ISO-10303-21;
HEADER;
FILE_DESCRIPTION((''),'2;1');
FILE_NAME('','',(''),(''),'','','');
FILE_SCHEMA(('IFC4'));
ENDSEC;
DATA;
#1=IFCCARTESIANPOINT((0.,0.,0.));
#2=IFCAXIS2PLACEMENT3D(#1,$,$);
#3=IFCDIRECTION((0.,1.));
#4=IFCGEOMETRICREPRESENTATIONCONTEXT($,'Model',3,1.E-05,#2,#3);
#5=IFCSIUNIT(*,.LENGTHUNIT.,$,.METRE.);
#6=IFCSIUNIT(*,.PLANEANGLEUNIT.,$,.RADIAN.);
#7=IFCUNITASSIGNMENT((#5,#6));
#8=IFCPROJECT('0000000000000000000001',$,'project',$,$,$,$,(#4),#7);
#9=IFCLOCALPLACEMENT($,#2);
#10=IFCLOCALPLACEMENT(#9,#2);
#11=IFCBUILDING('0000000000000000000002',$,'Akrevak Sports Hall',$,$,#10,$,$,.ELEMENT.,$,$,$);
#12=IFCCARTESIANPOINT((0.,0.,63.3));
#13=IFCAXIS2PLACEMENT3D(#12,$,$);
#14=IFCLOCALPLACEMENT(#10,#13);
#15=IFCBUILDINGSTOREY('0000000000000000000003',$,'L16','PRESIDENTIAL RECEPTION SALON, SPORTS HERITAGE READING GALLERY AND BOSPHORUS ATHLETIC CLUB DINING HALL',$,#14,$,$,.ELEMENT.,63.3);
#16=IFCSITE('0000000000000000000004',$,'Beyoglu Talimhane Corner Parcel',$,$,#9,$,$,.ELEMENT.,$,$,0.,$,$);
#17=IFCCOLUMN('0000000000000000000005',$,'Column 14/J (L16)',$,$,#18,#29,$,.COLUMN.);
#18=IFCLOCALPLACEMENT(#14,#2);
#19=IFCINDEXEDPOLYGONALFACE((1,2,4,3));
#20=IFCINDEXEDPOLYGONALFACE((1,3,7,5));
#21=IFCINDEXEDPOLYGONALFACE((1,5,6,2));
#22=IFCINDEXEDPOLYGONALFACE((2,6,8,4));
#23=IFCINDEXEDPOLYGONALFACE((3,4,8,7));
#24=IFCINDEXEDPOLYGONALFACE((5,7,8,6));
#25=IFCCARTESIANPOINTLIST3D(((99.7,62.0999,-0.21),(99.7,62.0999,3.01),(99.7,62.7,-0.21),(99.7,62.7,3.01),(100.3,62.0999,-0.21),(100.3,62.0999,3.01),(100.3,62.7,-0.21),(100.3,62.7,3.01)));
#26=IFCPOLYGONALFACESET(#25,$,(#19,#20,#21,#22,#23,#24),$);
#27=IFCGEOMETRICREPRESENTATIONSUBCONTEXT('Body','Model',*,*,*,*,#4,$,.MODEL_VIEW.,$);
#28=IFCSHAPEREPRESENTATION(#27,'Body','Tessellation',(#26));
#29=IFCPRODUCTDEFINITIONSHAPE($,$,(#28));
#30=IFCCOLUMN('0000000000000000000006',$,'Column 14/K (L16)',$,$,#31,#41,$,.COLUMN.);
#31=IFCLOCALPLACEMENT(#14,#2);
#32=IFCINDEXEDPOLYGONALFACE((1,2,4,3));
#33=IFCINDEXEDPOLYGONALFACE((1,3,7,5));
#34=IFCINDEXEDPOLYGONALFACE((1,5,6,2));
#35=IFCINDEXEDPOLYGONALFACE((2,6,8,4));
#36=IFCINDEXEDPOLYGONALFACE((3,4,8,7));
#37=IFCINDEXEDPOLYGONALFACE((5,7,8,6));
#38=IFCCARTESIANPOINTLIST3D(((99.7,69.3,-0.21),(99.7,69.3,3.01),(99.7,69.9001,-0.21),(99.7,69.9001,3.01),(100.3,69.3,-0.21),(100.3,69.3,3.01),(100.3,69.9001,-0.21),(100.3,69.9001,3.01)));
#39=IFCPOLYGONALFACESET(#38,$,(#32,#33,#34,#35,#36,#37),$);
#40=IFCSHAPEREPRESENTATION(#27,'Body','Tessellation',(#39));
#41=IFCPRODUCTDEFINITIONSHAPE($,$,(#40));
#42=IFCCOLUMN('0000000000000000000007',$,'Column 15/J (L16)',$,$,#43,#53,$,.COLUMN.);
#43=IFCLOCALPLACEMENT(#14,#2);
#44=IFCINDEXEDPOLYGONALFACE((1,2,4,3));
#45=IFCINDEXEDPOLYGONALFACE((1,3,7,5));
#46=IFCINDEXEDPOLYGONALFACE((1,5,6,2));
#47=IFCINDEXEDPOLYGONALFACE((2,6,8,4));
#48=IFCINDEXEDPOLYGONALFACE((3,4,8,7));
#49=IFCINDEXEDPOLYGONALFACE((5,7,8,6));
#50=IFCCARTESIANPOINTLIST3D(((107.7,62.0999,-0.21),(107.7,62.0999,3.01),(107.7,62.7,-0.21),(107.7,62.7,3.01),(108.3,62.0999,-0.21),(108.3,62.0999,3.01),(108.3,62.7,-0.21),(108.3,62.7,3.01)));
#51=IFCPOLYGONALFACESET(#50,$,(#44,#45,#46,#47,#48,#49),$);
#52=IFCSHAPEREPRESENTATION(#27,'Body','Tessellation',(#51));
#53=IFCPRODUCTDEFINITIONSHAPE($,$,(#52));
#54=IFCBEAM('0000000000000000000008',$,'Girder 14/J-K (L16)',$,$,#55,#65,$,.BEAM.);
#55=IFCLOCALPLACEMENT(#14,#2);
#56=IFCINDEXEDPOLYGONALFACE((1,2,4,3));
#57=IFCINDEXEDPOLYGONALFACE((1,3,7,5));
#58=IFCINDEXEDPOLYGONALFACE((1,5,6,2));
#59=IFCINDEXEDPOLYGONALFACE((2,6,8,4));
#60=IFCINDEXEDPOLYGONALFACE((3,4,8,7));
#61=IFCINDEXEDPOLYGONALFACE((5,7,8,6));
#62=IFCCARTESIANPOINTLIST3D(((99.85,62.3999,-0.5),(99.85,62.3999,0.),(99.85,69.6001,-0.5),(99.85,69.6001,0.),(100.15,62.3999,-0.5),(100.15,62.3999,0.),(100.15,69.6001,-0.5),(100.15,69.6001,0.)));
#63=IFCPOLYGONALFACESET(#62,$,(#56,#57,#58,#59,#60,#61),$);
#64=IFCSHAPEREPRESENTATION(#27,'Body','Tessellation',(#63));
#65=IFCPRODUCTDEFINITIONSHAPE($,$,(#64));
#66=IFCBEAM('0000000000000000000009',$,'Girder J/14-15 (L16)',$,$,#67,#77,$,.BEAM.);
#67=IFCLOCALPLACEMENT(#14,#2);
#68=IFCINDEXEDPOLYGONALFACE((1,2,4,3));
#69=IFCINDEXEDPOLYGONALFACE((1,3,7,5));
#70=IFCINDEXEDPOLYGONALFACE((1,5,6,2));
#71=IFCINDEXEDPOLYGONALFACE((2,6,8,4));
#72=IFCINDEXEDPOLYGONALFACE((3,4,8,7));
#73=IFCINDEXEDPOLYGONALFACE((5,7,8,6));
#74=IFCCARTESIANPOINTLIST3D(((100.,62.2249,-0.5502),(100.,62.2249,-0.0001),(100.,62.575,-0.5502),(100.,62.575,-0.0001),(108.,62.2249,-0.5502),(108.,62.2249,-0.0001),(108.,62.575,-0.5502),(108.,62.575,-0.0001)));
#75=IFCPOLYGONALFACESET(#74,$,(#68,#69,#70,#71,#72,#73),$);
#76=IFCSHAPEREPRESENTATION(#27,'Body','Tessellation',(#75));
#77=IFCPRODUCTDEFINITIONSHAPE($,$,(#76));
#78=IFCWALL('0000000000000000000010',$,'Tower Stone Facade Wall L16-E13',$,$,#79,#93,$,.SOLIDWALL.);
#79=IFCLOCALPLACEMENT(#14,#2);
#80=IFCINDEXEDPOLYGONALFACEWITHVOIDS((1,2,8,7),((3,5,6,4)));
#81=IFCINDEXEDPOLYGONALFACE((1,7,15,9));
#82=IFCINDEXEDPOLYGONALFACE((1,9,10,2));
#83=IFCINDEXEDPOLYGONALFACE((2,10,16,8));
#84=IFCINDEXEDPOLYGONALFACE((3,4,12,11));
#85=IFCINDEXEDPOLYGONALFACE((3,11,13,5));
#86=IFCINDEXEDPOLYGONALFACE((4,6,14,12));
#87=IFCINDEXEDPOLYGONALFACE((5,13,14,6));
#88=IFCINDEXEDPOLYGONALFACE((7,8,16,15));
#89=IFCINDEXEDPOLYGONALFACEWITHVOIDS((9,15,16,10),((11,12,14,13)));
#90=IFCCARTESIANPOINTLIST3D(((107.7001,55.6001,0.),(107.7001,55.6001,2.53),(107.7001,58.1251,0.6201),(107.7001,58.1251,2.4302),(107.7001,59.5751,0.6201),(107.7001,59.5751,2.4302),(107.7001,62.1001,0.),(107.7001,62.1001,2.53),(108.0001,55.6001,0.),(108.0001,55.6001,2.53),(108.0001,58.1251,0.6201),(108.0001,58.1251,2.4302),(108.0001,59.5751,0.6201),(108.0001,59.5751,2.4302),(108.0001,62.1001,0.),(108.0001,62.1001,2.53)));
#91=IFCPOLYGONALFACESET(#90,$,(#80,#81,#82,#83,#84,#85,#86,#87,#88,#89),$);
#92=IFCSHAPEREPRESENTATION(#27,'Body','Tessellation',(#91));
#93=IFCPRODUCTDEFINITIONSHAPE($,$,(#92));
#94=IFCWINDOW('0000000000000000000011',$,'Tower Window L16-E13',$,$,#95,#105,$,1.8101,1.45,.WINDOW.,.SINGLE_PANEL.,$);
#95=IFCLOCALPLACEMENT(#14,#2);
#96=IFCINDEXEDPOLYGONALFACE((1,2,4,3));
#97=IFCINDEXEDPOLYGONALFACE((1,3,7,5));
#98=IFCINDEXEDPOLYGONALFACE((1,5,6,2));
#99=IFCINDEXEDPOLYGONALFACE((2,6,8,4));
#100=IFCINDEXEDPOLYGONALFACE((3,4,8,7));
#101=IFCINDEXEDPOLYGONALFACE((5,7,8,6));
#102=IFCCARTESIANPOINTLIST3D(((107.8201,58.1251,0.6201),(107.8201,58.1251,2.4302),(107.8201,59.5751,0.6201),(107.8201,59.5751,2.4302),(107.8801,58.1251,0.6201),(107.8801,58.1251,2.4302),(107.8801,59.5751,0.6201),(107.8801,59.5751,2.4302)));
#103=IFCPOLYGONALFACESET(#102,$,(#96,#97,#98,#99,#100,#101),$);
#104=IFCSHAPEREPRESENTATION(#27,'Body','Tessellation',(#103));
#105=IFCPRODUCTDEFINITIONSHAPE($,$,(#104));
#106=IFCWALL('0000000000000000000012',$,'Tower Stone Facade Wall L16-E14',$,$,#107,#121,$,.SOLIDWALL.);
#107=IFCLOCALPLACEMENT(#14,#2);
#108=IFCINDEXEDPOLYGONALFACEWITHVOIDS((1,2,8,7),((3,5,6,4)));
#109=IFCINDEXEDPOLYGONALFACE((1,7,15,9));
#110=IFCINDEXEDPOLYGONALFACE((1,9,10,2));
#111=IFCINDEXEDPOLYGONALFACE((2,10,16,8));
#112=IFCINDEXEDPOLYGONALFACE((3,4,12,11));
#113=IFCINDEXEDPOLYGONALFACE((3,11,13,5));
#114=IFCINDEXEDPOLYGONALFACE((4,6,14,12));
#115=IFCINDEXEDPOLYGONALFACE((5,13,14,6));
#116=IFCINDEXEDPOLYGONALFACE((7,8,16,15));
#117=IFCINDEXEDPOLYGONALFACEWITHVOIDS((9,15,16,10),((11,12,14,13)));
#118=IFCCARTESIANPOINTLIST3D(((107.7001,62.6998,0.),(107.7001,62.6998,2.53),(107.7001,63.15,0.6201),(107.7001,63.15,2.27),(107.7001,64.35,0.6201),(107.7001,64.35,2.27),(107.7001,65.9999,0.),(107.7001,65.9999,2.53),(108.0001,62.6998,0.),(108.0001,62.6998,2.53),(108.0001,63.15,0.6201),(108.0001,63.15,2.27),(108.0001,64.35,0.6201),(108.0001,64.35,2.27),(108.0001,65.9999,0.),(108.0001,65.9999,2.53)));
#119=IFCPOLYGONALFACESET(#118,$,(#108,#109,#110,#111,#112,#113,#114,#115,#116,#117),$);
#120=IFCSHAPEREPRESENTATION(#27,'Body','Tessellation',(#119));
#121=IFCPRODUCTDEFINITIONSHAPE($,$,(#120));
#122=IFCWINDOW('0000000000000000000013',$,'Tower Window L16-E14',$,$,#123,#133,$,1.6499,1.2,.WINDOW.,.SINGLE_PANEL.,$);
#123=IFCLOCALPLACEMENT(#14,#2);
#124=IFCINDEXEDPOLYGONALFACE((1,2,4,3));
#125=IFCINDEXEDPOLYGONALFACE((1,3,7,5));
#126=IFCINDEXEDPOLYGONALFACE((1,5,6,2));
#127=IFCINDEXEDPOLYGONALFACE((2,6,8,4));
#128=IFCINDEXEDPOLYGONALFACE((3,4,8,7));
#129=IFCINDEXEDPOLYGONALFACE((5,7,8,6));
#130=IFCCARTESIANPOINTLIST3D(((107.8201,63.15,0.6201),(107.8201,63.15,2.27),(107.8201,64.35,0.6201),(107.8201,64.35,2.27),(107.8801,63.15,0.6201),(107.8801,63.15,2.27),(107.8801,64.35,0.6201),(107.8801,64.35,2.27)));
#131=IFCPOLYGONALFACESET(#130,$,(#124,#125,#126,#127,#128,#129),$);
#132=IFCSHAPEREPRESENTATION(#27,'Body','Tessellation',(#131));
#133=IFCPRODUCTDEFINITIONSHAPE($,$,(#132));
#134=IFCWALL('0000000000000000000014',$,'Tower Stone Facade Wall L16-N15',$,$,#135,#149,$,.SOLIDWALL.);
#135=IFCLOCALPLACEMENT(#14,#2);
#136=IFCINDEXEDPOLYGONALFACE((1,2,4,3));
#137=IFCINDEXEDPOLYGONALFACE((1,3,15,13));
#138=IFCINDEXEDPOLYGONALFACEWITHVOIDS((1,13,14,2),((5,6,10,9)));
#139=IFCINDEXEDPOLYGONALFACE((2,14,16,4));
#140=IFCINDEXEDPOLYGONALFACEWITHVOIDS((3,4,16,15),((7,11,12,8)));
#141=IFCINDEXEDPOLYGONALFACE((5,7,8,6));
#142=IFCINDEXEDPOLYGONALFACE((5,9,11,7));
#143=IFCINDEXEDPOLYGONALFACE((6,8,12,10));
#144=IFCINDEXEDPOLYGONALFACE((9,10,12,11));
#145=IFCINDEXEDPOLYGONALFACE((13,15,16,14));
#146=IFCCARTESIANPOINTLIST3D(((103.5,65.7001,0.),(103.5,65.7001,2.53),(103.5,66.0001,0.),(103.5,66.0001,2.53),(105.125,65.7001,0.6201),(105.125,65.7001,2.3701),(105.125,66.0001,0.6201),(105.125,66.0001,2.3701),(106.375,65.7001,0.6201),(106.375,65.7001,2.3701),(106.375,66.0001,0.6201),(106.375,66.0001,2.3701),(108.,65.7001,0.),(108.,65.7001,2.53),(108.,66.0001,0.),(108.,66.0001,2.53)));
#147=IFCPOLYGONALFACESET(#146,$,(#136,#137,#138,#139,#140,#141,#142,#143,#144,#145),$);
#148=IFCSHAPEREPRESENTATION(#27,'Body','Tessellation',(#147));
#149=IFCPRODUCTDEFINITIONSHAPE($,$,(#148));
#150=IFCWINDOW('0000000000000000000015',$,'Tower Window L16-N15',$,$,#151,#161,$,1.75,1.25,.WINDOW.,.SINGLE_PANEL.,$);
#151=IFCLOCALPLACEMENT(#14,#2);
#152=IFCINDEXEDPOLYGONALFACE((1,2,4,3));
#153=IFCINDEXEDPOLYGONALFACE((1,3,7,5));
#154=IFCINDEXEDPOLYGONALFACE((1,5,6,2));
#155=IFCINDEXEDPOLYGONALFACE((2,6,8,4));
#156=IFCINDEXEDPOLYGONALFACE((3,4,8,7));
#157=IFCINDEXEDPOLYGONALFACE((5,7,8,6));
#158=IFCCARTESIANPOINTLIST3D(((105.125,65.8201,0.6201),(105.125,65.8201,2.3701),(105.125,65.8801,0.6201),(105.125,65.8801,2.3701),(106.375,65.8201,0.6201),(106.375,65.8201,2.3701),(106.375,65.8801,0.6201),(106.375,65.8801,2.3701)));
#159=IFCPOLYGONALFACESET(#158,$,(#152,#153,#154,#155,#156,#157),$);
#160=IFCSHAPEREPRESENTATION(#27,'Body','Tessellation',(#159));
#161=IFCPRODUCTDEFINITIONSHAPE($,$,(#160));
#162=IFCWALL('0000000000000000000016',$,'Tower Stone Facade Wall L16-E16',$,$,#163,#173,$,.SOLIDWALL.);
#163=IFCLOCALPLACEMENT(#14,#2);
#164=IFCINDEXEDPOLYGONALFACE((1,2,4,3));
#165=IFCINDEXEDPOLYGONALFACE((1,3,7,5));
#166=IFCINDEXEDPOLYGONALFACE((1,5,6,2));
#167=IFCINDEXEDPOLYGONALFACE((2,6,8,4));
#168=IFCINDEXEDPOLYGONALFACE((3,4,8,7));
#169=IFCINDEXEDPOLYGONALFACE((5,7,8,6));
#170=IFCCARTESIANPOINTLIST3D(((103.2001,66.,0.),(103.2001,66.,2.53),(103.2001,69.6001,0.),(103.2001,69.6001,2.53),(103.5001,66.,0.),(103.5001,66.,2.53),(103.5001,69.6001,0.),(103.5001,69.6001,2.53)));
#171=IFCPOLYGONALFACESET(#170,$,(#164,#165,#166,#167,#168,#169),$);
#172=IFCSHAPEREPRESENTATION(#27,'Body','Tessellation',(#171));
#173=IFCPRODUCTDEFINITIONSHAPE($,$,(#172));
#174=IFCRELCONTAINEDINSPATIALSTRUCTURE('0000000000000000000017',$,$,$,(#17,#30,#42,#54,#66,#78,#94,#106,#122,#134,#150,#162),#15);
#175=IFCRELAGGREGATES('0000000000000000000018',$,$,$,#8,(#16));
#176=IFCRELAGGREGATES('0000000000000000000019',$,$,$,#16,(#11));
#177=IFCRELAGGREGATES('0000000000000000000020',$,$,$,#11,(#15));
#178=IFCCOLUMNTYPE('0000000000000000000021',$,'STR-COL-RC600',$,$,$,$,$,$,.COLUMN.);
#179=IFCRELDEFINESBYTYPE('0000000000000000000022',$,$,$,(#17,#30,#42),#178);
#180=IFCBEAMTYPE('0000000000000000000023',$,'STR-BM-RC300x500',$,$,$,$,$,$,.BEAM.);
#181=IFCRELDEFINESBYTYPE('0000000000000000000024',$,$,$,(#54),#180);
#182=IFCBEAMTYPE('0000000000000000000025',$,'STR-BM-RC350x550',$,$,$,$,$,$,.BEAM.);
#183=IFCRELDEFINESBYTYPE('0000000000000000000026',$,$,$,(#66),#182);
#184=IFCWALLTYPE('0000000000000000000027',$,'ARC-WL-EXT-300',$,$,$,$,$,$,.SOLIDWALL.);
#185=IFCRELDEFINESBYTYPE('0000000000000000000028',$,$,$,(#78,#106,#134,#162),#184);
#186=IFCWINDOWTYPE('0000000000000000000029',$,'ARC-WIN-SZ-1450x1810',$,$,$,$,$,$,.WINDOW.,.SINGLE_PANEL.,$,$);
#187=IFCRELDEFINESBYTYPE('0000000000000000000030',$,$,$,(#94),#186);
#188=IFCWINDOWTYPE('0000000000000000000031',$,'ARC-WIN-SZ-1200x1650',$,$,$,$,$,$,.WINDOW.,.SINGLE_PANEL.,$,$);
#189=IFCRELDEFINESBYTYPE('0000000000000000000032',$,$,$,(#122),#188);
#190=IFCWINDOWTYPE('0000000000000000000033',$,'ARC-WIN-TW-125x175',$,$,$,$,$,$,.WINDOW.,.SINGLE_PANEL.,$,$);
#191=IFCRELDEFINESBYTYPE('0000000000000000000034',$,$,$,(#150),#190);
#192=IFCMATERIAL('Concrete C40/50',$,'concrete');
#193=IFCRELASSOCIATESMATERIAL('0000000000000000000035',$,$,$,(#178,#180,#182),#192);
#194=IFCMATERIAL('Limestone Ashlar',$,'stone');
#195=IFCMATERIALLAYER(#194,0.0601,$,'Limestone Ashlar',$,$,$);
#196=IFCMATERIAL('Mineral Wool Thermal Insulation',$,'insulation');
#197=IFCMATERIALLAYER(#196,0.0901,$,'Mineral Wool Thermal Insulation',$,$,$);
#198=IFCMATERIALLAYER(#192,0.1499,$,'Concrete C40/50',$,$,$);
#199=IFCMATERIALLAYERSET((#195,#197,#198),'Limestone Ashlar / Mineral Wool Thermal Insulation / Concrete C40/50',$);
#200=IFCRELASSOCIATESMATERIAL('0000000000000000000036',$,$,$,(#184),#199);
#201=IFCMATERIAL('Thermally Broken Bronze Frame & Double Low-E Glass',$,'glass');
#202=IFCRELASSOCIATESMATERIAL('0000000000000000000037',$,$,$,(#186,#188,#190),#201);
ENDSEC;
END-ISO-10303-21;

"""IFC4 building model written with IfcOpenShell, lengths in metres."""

from ifc_helpers import new_model, si_unit, direction, frame, frame_2d, origin, origin_2d, place, context, subcontext, project, spatial, rectangle, extrude, material, layer, layer_set, material_profile, profile_set, type_object, element, fill, save


model = new_model("IFC4")

# Units and contexts
model_context = context("Model", 3, precision=1e-05, world=origin(), true_north=direction((0.0, 1.0)))
body_context = subcontext(model_context, "Body", "Model", "MODEL_VIEW")
ifc_project = project(units=[si_unit("LENGTHUNIT", "METRE"), si_unit("PLANEANGLEUNIT", "RADIAN")], contexts=[model_context])

# Site, building, storey
site_placement = place(None, origin())
site = spatial("IfcSite", under=ifc_project, at=site_placement, Name="Beyoglu Talimhane Corner Parcel", CompositionType="ELEMENT", RefElevation=0.0)
building_placement = place(site_placement, origin())
building = spatial("IfcBuilding", under=site, at=building_placement, Name="Akrevak Sports Hall", CompositionType="ELEMENT")
storey_placement = place(building_placement, frame((0.0, 0.0, 63.3)))
storey = spatial("IfcBuildingStorey", under=building, at=storey_placement, Name="L16", Description="PRESIDENTIAL RECEPTION SALON, SPORTS HERITAGE READING GALLERY AND BOSPHORUS ATHLETIC CLUB DINING HALL", CompositionType="ELEMENT", Elevation=63.3)

# Columns
ifc_material_1 = material(Name="Concrete C40/50", Category="concrete")
ifc_material_profile_1 = material_profile(ifc_material_1, rectangle(XDim=0.6001, YDim=0.6001, at=origin_2d()), Name="RC 600x600", Category="concrete")
ifc_profile_set_1 = profile_set([ifc_material_profile_1], Name="Concrete C40/50")
column_type = type_object("IfcColumnType", Name="STR-COL-RC600", PredefinedType="COLUMN", material=ifc_profile_set_1)
for number, where, z_axis, x_axis, name in (
    (1, (100.0, 62.3999, -0.21), (0.0, 0.0, 1.0), (1.0, 0.0, 0.0), "Column 14/J (L16)"),
    (2, (100.0, 69.6001, -0.21), (0.0, 0.0, 1.0), (1.0, 0.0, 0.0), "Column 14/K (L16)"),
    (3, (108.0, 62.3999, -0.21), (0.0, 0.0, 1.0), (1.0, 0.0, 0.0), "Column 15/J (L16)"),
):
    element("IfcColumn", number, at=place(storey_placement, frame(where, z_axis=z_axis, x_axis=x_axis)), inside=storey, type_object=column_type, Name=name, PredefinedType="COLUMN", context=body_context, shape_type="SweptSolid", body=[
        extrude(rectangle(XDim=0.6001, YDim=0.6001, at=origin_2d()), origin(), (0.0, 0.0, 1.0), 3.22),
    ])

# Beams
ifc_material_profile_2 = material_profile(ifc_material_1, rectangle(XDim=0.3, YDim=0.5, at=origin_2d()), Name="BM 300x500", Category="concrete")
ifc_profile_set_2 = profile_set([ifc_material_profile_2], Name="Concrete C40/50")
beam_type_1 = type_object("IfcBeamType", Name="STR-BM-RC300x500", PredefinedType="BEAM", material=ifc_profile_set_2)
beam_1_placement = place(storey_placement, frame((100.0, 62.3999, -0.25), z_axis=(0.0, 1.0, 0.0), x_axis=(-1.0, 0.0, 0.0)))
element("IfcBeam", 4, at=beam_1_placement, inside=storey, type_object=beam_type_1, Name="Girder 14/J-K (L16)", PredefinedType="BEAM", context=body_context, shape_type="SweptSolid", body=[
    extrude(rectangle(XDim=0.3, YDim=0.5, at=origin_2d()), origin(), (0.0, 0.0, 1.0), 7.2002),
])
ifc_material_profile_3 = material_profile(ifc_material_1, rectangle(XDim=0.3501, YDim=0.55, at=origin_2d()), Name="BM 350x550", Category="concrete")
ifc_profile_set_3 = profile_set([ifc_material_profile_3], Name="Concrete C40/50")
beam_type_2 = type_object("IfcBeamType", Name="STR-BM-RC350x550", PredefinedType="BEAM", material=ifc_profile_set_3)
beam_2_placement = place(storey_placement, frame((100.0, 62.3999, -0.2751), z_axis=(1.0, 0.0, 0.0), x_axis=(0.0, 1.0, 0.0)))
element("IfcBeam", 5, at=beam_2_placement, inside=storey, type_object=beam_type_2, Name="Girder J/14-15 (L16)", PredefinedType="BEAM", context=body_context, shape_type="SweptSolid", body=[
    extrude(rectangle(XDim=0.3501, YDim=0.55, at=origin_2d()), origin(), (0.0, 0.0, 1.0), 8.0),
])

# Walls, openings, windows
ifc_material_2 = material(Name="Limestone Ashlar", Category="stone")
ifc_layer_1 = layer(ifc_material_2, 0.0601, Name="Limestone Ashlar")
ifc_material_3 = material(Name="Mineral Wool Thermal Insulation", Category="insulation")
ifc_layer_2 = layer(ifc_material_3, 0.0901, Name="Mineral Wool Thermal Insulation")
ifc_layer_3 = layer(ifc_material_1, 0.1499, Name="Concrete C40/50")
ifc_layer_set_1 = layer_set([ifc_layer_1, ifc_layer_2, ifc_layer_3], Name="Limestone Ashlar / Mineral Wool Thermal Insulation / Concrete C40/50")
wall_type_1 = type_object("IfcWallType", Name="ARC-WL-EXT-300", PredefinedType="SOLIDWALL", material=ifc_layer_set_1)
wall_1_placement = place(storey_placement, frame((107.8501, 55.6001, 0.0), z_axis=(0.0, 0.0, 1.0), x_axis=(0.0, 1.0, 0.0)))
wall_1 = element("IfcWall", 6, at=wall_1_placement, inside=storey, type_object=wall_type_1, Name="Tower Stone Facade Wall L16-E13", PredefinedType="SOLIDWALL", context=body_context, shape_type="SweptSolid", body=[
    extrude(rectangle(XDim=6.5, YDim=0.3, at=frame_2d((3.25, 0.0))), origin(), (0.0, 0.0, 1.0), 2.53),
])
opening_1_placement = place(wall_1_placement, frame((2.5249, 0.0, 0.6201)))
opening_1 = element("IfcOpeningElement", 7, at=opening_1_placement, cuts=wall_1, PredefinedType="OPENING", context=body_context, shape_type="SweptSolid", body=[
    extrude(rectangle(XDim=1.45, YDim=1.8101, at=frame_2d((0.7251, 0.905))), frame((0.0, 0.1621, 0.0), z_axis=(0.0, -1.0, 0.0), x_axis=(1.0, 0.0, 0.0)), (0.0, 0.0, 1.0), 0.324),
])
ifc_material_4 = material(Name="Thermally Broken Bronze Frame & Double Low-E Glass", Category="glass")
window_type_1 = type_object("IfcWindowType", Name="ARC-WIN-SZ-1450x1810", PartitioningType="SINGLE_PANEL", PredefinedType="WINDOW", material=ifc_material_4)
window_1_placement = place(opening_1_placement, origin())
window_1 = element("IfcWindow", 8, at=window_1_placement, inside=storey, type_object=window_type_1, Name="Tower Window L16-E13", OverallHeight=1.8101, OverallWidth=1.45, PartitioningType="SINGLE_PANEL", PredefinedType="WINDOW", context=body_context, shape_type="SweptSolid", body=[
    extrude(rectangle(XDim=1.45, YDim=1.8101, at=frame_2d((0.7251, 0.905))), frame((0.0, 0.03, 0.0), z_axis=(0.0, -1.0, 0.0), x_axis=(1.0, 0.0, 0.0)), (0.0, 0.0, 1.0), 0.0601),
])
fill(opening_1, window_1)
wall_2_placement = place(storey_placement, frame((107.8501, 62.7, 0.0), z_axis=(0.0, 0.0, 1.0), x_axis=(0.0, 1.0, 0.0)))
wall_2 = element("IfcWall", 9, at=wall_2_placement, inside=storey, type_object=wall_type_1, Name="Tower Stone Facade Wall L16-E14", PredefinedType="SOLIDWALL", context=body_context, shape_type="SweptSolid", body=[
    extrude(rectangle(XDim=3.3, YDim=0.3, at=frame_2d((1.6499, 0.0))), origin(), (0.0, 0.0, 1.0), 2.53),
])
opening_2_placement = place(wall_2_placement, frame((0.45, 0.0, 0.6201)))
opening_2 = element("IfcOpeningElement", 10, at=opening_2_placement, cuts=wall_2, PredefinedType="OPENING", context=body_context, shape_type="SweptSolid", body=[
    extrude(rectangle(XDim=1.2, YDim=1.6499, at=frame_2d((0.6001, 0.825))), frame((0.0, 0.1621, 0.0), z_axis=(0.0, -1.0, 0.0), x_axis=(1.0, 0.0, 0.0)), (0.0, 0.0, 1.0), 0.324),
])
window_type_2 = type_object("IfcWindowType", Name="ARC-WIN-SZ-1200x1650", PartitioningType="SINGLE_PANEL", PredefinedType="WINDOW", material=ifc_material_4)
window_2_placement = place(opening_2_placement, origin())
window_2 = element("IfcWindow", 11, at=window_2_placement, inside=storey, type_object=window_type_2, Name="Tower Window L16-E14", OverallHeight=1.6499, OverallWidth=1.2, PartitioningType="SINGLE_PANEL", PredefinedType="WINDOW", context=body_context, shape_type="SweptSolid", body=[
    extrude(rectangle(XDim=1.2, YDim=1.6499, at=frame_2d((0.6001, 0.825))), frame((0.0, 0.03, 0.0), z_axis=(0.0, -1.0, 0.0), x_axis=(1.0, 0.0, 0.0)), (0.0, 0.0, 1.0), 0.0601),
])
fill(opening_2, window_2)
wall_3_placement = place(storey_placement, frame((108.0, 65.8501, 0.0), z_axis=(0.0, 0.0, 1.0), x_axis=(-1.0, 0.0, 0.0)))
wall_3 = element("IfcWall", 12, at=wall_3_placement, inside=storey, type_object=wall_type_1, Name="Tower Stone Facade Wall L16-N15", PredefinedType="SOLIDWALL", context=body_context, shape_type="SweptSolid", body=[
    extrude(rectangle(XDim=4.5, YDim=0.3, at=frame_2d((2.25, 0.0))), origin(), (0.0, 0.0, 1.0), 2.53),
])
opening_3_placement = place(wall_3_placement, frame((1.625, 0.0, 0.6201)))
opening_3 = element("IfcOpeningElement", 13, at=opening_3_placement, cuts=wall_3, PredefinedType="OPENING", context=body_context, shape_type="SweptSolid", body=[
    extrude(rectangle(XDim=1.25, YDim=1.75, at=frame_2d((0.625, 0.875))), frame((0.0, 0.1621, 0.0), z_axis=(0.0, -1.0, 0.0), x_axis=(1.0, 0.0, 0.0)), (0.0, 0.0, 1.0), 0.324),
])
window_type_3 = type_object("IfcWindowType", Name="ARC-WIN-TW-125x175", PartitioningType="SINGLE_PANEL", PredefinedType="WINDOW", material=ifc_material_4)
window_3_placement = place(opening_3_placement, origin())
window_3 = element("IfcWindow", 14, at=window_3_placement, inside=storey, type_object=window_type_3, Name="Tower Window L16-N15", OverallHeight=1.75, OverallWidth=1.25, PartitioningType="SINGLE_PANEL", PredefinedType="WINDOW", context=body_context, shape_type="SweptSolid", body=[
    extrude(rectangle(XDim=1.25, YDim=1.75, at=frame_2d((0.625, 0.875))), frame((0.0, 0.03, 0.0), z_axis=(0.0, -1.0, 0.0), x_axis=(1.0, 0.0, 0.0)), (0.0, 0.0, 1.0), 0.0601),
])
fill(opening_3, window_3)

# Wall
wall_4_placement = place(storey_placement, frame((103.3501, 66.0, 0.0), z_axis=(0.0, 0.0, 1.0), x_axis=(0.0, 1.0, 0.0)))
element("IfcWall", 15, at=wall_4_placement, inside=storey, type_object=wall_type_1, Name="Tower Stone Facade Wall L16-E16", PredefinedType="SOLIDWALL", context=body_context, shape_type="SweptSolid", body=[
    extrude(rectangle(XDim=3.6001, YDim=0.3, at=frame_2d((1.8, 0.0))), origin(), (0.0, 0.0, 1.0), 2.53),
])

save(model, "model.ifc")
